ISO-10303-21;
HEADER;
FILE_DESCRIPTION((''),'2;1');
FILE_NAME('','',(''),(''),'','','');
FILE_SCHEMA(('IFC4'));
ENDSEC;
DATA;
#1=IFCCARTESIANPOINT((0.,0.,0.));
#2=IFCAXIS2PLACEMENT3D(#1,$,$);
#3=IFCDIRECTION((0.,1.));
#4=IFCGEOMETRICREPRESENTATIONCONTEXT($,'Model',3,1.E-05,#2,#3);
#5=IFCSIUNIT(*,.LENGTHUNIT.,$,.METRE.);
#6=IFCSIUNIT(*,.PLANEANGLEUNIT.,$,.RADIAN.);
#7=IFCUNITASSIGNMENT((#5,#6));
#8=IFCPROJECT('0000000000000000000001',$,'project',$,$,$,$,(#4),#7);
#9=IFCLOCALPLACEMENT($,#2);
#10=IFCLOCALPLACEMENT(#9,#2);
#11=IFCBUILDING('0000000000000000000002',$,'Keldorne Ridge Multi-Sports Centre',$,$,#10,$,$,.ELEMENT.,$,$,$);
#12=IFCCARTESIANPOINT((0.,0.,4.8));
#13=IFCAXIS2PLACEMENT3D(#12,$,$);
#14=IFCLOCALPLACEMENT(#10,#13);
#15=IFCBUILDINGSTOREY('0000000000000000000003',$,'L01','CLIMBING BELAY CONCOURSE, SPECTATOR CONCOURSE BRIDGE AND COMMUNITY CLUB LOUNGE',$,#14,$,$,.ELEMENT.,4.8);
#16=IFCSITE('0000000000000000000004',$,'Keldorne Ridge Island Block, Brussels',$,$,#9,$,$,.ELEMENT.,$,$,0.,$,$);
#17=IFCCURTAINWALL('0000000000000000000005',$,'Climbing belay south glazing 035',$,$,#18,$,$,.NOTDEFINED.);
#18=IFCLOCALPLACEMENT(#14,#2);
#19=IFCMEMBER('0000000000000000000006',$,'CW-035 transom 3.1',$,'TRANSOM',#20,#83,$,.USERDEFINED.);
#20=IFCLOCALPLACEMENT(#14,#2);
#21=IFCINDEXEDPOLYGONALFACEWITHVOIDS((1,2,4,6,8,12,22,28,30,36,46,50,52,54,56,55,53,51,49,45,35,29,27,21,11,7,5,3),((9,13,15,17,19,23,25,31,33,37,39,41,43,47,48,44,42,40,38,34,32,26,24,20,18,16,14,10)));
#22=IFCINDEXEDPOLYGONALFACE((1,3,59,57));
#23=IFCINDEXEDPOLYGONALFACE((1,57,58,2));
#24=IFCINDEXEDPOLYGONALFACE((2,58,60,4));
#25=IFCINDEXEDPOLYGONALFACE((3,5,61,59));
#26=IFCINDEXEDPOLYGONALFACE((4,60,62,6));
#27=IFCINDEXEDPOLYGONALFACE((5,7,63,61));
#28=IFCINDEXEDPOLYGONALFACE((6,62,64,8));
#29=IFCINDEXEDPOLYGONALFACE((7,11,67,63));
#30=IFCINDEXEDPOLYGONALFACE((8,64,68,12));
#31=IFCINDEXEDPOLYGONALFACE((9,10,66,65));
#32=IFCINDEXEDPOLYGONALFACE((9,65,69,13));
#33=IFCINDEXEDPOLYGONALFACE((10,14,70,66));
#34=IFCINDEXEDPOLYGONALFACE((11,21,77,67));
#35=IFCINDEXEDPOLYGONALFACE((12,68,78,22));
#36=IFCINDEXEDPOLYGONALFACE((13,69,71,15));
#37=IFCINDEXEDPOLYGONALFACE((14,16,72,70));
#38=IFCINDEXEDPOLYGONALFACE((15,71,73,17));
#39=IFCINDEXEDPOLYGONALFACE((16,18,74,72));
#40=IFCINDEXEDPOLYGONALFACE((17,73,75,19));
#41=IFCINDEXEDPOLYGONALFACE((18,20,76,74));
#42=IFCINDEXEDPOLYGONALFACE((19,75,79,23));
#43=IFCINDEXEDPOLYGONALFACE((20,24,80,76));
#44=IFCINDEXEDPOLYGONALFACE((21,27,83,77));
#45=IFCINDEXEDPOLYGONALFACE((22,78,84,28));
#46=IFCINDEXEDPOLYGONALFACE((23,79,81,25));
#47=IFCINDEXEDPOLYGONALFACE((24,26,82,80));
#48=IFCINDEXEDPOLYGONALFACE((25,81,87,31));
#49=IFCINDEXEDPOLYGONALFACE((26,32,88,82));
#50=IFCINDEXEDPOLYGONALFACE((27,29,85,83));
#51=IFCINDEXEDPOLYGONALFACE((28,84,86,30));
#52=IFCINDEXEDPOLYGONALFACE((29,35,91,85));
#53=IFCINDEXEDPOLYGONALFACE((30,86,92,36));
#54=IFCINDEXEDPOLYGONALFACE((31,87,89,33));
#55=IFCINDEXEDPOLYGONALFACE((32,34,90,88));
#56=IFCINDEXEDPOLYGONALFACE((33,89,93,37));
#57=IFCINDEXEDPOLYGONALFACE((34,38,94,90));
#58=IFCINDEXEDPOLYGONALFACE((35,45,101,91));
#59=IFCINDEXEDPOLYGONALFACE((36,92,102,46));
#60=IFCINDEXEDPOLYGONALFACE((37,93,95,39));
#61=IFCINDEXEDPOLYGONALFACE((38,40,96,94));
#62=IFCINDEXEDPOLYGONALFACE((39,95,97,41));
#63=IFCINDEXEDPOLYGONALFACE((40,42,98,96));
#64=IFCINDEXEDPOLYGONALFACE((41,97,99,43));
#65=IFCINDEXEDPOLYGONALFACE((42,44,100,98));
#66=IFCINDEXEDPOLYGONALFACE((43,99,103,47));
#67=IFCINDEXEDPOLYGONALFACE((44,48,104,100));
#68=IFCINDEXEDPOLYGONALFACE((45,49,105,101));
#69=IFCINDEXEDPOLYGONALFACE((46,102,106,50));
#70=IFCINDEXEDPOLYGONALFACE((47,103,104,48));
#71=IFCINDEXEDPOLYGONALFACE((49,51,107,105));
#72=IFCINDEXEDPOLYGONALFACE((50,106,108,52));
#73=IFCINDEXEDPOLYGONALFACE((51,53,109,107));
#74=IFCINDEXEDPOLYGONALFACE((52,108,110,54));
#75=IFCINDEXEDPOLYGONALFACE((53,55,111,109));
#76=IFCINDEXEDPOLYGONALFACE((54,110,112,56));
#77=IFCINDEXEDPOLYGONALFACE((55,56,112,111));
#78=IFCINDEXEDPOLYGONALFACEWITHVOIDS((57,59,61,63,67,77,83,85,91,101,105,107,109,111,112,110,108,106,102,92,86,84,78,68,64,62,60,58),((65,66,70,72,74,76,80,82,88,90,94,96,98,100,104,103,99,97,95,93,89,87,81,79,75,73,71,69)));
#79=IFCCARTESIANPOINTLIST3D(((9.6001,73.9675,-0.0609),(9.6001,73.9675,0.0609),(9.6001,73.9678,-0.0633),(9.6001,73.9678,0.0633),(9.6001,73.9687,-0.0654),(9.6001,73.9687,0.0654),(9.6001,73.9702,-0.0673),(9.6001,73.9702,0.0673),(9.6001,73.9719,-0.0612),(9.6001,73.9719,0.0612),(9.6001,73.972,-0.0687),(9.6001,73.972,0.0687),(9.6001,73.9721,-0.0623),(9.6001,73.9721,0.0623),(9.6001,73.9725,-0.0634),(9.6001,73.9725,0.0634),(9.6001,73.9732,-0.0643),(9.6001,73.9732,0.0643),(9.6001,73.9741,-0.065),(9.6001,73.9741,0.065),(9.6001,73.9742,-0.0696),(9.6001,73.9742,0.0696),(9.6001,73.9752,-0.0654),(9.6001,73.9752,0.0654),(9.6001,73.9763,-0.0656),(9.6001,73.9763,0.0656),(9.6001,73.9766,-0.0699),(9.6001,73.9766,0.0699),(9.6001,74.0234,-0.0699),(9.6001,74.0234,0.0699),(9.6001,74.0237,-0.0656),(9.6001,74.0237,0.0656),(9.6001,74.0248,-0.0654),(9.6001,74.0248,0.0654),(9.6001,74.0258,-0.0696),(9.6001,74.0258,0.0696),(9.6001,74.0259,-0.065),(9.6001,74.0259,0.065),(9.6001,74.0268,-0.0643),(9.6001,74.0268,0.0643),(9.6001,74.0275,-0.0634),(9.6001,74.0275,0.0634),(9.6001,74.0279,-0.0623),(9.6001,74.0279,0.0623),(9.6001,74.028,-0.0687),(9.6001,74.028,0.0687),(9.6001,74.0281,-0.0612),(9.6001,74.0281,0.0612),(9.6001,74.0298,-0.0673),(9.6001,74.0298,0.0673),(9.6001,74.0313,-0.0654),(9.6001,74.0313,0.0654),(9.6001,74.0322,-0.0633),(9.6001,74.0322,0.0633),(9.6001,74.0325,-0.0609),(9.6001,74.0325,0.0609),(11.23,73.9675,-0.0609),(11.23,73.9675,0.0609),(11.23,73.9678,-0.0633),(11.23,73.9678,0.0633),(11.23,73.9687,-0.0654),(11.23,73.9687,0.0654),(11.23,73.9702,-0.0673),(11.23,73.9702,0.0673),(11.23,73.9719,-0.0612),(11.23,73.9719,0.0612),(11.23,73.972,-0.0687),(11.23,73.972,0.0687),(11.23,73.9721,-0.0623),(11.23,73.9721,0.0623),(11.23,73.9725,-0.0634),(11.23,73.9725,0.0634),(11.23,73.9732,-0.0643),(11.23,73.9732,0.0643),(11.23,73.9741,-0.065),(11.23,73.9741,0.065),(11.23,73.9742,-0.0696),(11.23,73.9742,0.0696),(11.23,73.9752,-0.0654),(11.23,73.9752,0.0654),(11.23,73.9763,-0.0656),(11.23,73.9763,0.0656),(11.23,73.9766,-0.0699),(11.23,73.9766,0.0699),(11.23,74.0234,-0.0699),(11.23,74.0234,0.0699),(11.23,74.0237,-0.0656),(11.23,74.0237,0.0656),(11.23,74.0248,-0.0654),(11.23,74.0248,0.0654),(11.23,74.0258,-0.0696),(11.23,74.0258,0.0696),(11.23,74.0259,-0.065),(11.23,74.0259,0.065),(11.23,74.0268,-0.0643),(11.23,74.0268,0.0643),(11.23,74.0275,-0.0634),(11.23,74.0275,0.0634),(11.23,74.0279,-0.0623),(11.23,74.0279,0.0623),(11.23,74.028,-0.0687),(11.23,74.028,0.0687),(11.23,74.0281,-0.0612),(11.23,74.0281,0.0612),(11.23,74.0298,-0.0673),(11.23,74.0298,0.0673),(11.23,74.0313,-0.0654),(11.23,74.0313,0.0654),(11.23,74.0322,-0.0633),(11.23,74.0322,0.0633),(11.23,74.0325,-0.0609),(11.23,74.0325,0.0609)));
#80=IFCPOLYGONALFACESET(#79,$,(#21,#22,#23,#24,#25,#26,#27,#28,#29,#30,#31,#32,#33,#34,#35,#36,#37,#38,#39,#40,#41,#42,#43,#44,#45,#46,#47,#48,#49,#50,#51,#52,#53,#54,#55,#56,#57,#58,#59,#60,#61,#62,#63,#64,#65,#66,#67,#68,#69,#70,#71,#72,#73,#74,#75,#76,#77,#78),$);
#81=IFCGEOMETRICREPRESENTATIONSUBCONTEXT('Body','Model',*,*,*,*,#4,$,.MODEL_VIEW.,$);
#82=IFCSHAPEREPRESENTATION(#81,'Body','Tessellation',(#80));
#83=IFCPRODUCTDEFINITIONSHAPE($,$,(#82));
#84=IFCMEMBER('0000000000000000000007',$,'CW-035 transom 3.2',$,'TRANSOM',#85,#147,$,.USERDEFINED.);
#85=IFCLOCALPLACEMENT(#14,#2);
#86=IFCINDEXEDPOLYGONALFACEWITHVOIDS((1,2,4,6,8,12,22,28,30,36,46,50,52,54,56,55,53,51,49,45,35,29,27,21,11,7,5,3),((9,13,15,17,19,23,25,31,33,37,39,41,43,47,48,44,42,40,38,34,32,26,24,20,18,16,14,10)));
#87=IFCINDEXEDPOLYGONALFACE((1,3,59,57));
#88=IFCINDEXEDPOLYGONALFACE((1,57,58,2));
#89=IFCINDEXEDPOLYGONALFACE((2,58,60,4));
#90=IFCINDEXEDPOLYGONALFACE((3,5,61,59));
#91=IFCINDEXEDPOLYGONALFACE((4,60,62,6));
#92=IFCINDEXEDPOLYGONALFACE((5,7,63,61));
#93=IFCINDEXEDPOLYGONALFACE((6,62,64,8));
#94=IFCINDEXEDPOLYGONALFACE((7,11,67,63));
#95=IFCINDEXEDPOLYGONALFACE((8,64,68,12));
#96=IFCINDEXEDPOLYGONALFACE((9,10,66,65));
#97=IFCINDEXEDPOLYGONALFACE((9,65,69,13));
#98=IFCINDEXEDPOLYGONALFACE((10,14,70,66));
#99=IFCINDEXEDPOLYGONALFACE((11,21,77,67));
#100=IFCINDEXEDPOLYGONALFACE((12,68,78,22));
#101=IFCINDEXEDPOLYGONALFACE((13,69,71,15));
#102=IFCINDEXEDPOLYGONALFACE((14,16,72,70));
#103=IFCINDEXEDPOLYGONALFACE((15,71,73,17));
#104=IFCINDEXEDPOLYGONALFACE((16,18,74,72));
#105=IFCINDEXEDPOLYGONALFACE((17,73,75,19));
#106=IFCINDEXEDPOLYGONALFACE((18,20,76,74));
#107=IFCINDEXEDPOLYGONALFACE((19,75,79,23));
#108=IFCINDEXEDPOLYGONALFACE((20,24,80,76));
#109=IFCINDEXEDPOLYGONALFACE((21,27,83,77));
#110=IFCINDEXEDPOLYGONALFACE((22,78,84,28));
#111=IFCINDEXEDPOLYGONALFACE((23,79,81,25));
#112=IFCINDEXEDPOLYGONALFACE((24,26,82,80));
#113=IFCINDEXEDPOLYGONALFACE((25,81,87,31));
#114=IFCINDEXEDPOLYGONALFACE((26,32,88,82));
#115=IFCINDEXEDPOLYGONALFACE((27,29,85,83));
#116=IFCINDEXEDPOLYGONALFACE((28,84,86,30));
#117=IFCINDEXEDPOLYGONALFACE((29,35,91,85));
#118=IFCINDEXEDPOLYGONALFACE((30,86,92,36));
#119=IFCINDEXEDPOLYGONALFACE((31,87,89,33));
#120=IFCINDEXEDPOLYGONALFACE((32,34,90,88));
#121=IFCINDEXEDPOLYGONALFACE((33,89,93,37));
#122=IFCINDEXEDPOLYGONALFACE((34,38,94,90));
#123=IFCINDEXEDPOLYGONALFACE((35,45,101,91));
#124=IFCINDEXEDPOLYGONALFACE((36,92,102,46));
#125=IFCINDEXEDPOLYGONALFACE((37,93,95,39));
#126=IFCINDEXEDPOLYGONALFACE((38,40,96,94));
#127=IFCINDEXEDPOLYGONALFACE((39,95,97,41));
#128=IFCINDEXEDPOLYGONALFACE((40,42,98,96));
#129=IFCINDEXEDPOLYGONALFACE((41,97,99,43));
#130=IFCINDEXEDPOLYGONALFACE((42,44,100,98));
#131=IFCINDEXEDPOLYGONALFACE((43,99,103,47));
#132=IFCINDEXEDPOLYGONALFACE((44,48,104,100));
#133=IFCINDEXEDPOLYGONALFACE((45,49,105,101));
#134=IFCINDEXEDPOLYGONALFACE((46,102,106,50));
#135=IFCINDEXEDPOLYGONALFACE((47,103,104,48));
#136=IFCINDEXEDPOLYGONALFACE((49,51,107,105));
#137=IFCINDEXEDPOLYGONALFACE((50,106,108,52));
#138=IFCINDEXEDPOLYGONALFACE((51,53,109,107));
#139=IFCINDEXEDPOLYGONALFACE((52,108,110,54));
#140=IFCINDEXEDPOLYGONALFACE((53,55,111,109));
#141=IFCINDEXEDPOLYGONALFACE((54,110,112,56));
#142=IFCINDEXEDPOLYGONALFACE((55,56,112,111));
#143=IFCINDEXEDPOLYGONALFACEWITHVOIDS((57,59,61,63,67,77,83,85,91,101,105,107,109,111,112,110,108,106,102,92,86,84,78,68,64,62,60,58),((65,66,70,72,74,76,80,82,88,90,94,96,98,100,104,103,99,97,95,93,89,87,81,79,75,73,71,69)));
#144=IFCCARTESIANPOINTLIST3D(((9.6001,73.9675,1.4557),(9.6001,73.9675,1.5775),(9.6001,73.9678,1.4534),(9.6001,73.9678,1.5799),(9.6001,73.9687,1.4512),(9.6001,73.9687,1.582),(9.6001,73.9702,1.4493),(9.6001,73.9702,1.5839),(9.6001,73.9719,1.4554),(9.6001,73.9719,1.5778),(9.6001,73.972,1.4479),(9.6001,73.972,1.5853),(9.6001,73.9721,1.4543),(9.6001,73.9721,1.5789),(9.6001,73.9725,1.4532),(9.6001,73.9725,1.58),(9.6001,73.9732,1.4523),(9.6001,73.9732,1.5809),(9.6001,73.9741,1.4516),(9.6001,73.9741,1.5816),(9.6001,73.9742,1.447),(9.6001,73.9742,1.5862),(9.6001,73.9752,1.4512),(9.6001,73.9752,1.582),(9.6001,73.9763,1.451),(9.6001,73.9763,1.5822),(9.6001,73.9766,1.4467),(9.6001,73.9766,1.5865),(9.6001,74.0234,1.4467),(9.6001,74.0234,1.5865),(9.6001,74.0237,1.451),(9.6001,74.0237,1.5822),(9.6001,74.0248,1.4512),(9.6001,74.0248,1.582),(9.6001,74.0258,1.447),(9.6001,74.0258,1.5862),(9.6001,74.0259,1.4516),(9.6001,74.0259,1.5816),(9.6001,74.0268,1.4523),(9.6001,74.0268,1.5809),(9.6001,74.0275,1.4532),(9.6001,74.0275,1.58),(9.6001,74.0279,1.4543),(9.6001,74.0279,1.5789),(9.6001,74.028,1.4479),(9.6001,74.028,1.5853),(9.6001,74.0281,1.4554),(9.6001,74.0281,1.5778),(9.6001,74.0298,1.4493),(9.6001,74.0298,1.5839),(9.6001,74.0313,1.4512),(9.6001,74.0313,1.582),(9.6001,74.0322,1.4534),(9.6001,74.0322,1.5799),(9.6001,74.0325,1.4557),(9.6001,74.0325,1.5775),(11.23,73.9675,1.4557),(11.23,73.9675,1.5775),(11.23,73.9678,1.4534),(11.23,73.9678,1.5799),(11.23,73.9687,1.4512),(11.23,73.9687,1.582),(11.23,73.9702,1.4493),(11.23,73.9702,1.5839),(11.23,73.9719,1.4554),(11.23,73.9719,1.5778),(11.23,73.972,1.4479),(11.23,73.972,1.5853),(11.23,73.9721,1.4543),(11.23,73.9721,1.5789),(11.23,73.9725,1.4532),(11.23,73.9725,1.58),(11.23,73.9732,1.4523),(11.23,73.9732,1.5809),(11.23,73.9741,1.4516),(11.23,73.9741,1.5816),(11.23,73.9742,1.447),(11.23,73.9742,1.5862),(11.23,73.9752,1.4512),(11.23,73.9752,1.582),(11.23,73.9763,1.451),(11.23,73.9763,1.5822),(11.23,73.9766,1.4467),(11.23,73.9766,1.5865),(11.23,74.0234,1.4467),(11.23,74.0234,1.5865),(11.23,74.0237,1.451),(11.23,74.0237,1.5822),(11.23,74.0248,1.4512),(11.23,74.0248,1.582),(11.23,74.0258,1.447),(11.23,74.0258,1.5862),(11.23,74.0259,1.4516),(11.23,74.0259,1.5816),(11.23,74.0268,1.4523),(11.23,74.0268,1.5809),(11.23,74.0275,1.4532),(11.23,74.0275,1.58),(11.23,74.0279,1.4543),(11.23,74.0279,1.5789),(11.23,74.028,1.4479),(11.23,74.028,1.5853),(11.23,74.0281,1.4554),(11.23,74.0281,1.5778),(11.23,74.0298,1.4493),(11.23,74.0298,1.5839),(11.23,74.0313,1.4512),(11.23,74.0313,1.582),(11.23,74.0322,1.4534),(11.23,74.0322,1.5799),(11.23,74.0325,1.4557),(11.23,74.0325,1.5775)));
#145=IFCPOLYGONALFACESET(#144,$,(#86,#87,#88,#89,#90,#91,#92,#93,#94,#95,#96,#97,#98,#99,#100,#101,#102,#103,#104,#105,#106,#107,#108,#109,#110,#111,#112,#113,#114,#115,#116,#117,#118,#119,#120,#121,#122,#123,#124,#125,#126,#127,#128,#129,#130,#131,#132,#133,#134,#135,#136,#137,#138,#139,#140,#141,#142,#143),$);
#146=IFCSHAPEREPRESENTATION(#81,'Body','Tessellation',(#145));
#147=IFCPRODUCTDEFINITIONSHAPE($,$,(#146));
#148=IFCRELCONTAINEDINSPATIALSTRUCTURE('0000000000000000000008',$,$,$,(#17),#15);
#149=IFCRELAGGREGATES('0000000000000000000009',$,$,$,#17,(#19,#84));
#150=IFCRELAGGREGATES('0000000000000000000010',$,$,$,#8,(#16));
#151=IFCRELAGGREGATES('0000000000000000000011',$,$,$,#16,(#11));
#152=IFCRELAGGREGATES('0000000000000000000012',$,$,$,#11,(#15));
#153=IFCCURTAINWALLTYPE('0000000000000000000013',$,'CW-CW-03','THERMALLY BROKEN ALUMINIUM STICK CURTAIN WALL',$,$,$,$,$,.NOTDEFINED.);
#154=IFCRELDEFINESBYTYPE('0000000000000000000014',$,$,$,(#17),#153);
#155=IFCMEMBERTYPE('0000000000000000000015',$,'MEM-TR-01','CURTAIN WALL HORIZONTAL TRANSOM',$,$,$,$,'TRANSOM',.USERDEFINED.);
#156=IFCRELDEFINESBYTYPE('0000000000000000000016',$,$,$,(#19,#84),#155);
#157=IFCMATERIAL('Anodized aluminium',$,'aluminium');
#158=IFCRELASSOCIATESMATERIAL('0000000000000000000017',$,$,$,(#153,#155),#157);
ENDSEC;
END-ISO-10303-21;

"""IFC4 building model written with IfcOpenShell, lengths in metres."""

from ifc_helpers import new_model, si_unit, direction, frame, origin, origin_2d, place, context, subcontext, project, spatial, hollow_rectangle, extrude, material, material_profile, profile_set, type_object, element, aggregate, save


model = new_model("IFC4")

# Units and contexts
model_context = context("Model", 3, precision=1e-05, world=origin(), true_north=direction((0.0, 1.0)))
body_context = subcontext(model_context, "Body", "Model", "MODEL_VIEW")
ifc_project = project(units=[si_unit("LENGTHUNIT", "METRE"), si_unit("PLANEANGLEUNIT", "RADIAN")], contexts=[model_context])

# Site, building, storey
site_placement = place(None, origin())
site = spatial("IfcSite", under=ifc_project, at=site_placement, Name="Keldorne Ridge Island Block, Brussels", CompositionType="ELEMENT", RefElevation=0.0)
building_placement = place(site_placement, origin())
building = spatial("IfcBuilding", under=site, at=building_placement, Name="Keldorne Ridge Multi-Sports Centre", CompositionType="ELEMENT")
storey_placement = place(building_placement, frame((0.0, 0.0, 4.8)))
storey = spatial("IfcBuildingStorey", under=building, at=storey_placement, Name="L01", Description="CLIMBING BELAY CONCOURSE, SPECTATOR CONCOURSE BRIDGE AND COMMUNITY CLUB LOUNGE", CompositionType="ELEMENT", Elevation=4.8)

# Curtain wall, members
ifc_material_1 = material(Name="Anodized aluminium", Category="aluminium")
curtain_wall_type = type_object("IfcCurtainWallType", Name="CW-CW-03", Description="THERMALLY BROKEN ALUMINIUM STICK CURTAIN WALL", PredefinedType="NOTDEFINED", material=ifc_material_1)
curtain_wall_placement = place(storey_placement, origin())
curtain_wall = element("IfcCurtainWall", 1, at=curtain_wall_placement, inside=storey, type_object=curtain_wall_type, Name="Climbing belay south glazing 035", PredefinedType="NOTDEFINED")
ifc_material_profile_1 = material_profile(ifc_material_1, hollow_rectangle(XDim=0.0649, YDim=0.1399, WallThickness=0.0044, InnerFilletRadius=0.0044, OuterFilletRadius=0.009, at=origin_2d()), Name="ALU TRANSOM 140x65x4.5")
ifc_profile_set_1 = profile_set([ifc_material_profile_1], Name="Anodized aluminium")
member_type_1 = type_object("IfcMemberType", Name="MEM-TR-01", Description="CURTAIN WALL HORIZONTAL TRANSOM", ElementType="TRANSOM", PredefinedType="USERDEFINED", material=ifc_profile_set_1)
member_1_placement = place(storey_placement, frame((9.6001, 74.0, 0.0), z_axis=(1.0, 0.0, 0.0), x_axis=(0.0, 1.0, 0.0)))
member_1 = element("IfcMember", 2, at=member_1_placement, type_object=member_type_1, Name="CW-035 transom 3.1", ObjectType="TRANSOM", PredefinedType="USERDEFINED", context=body_context, shape_type="SweptSolid", body=[
    extrude(hollow_rectangle(XDim=0.0649, YDim=0.1399, WallThickness=0.0044, InnerFilletRadius=0.0044, OuterFilletRadius=0.009, at=origin_2d()), origin(), (0.0, 0.0, 1.0), 1.6299),
])
member_2_placement = place(storey_placement, frame((9.6001, 74.0, 1.5166), z_axis=(1.0, 0.0, 0.0), x_axis=(0.0, 1.0, 0.0)))
member_2 = element("IfcMember", 3, at=member_2_placement, type_object=member_type_1, Name="CW-035 transom 3.2", ObjectType="TRANSOM", PredefinedType="USERDEFINED", context=body_context, shape_type="SweptSolid", body=[
    extrude(hollow_rectangle(XDim=0.0649, YDim=0.1399, WallThickness=0.0044, InnerFilletRadius=0.0044, OuterFilletRadius=0.009, at=origin_2d()), origin(), (0.0, 0.0, 1.0), 1.6299),
])
aggregate(curtain_wall, [member_1, member_2])

save(model, "model.ifc")
